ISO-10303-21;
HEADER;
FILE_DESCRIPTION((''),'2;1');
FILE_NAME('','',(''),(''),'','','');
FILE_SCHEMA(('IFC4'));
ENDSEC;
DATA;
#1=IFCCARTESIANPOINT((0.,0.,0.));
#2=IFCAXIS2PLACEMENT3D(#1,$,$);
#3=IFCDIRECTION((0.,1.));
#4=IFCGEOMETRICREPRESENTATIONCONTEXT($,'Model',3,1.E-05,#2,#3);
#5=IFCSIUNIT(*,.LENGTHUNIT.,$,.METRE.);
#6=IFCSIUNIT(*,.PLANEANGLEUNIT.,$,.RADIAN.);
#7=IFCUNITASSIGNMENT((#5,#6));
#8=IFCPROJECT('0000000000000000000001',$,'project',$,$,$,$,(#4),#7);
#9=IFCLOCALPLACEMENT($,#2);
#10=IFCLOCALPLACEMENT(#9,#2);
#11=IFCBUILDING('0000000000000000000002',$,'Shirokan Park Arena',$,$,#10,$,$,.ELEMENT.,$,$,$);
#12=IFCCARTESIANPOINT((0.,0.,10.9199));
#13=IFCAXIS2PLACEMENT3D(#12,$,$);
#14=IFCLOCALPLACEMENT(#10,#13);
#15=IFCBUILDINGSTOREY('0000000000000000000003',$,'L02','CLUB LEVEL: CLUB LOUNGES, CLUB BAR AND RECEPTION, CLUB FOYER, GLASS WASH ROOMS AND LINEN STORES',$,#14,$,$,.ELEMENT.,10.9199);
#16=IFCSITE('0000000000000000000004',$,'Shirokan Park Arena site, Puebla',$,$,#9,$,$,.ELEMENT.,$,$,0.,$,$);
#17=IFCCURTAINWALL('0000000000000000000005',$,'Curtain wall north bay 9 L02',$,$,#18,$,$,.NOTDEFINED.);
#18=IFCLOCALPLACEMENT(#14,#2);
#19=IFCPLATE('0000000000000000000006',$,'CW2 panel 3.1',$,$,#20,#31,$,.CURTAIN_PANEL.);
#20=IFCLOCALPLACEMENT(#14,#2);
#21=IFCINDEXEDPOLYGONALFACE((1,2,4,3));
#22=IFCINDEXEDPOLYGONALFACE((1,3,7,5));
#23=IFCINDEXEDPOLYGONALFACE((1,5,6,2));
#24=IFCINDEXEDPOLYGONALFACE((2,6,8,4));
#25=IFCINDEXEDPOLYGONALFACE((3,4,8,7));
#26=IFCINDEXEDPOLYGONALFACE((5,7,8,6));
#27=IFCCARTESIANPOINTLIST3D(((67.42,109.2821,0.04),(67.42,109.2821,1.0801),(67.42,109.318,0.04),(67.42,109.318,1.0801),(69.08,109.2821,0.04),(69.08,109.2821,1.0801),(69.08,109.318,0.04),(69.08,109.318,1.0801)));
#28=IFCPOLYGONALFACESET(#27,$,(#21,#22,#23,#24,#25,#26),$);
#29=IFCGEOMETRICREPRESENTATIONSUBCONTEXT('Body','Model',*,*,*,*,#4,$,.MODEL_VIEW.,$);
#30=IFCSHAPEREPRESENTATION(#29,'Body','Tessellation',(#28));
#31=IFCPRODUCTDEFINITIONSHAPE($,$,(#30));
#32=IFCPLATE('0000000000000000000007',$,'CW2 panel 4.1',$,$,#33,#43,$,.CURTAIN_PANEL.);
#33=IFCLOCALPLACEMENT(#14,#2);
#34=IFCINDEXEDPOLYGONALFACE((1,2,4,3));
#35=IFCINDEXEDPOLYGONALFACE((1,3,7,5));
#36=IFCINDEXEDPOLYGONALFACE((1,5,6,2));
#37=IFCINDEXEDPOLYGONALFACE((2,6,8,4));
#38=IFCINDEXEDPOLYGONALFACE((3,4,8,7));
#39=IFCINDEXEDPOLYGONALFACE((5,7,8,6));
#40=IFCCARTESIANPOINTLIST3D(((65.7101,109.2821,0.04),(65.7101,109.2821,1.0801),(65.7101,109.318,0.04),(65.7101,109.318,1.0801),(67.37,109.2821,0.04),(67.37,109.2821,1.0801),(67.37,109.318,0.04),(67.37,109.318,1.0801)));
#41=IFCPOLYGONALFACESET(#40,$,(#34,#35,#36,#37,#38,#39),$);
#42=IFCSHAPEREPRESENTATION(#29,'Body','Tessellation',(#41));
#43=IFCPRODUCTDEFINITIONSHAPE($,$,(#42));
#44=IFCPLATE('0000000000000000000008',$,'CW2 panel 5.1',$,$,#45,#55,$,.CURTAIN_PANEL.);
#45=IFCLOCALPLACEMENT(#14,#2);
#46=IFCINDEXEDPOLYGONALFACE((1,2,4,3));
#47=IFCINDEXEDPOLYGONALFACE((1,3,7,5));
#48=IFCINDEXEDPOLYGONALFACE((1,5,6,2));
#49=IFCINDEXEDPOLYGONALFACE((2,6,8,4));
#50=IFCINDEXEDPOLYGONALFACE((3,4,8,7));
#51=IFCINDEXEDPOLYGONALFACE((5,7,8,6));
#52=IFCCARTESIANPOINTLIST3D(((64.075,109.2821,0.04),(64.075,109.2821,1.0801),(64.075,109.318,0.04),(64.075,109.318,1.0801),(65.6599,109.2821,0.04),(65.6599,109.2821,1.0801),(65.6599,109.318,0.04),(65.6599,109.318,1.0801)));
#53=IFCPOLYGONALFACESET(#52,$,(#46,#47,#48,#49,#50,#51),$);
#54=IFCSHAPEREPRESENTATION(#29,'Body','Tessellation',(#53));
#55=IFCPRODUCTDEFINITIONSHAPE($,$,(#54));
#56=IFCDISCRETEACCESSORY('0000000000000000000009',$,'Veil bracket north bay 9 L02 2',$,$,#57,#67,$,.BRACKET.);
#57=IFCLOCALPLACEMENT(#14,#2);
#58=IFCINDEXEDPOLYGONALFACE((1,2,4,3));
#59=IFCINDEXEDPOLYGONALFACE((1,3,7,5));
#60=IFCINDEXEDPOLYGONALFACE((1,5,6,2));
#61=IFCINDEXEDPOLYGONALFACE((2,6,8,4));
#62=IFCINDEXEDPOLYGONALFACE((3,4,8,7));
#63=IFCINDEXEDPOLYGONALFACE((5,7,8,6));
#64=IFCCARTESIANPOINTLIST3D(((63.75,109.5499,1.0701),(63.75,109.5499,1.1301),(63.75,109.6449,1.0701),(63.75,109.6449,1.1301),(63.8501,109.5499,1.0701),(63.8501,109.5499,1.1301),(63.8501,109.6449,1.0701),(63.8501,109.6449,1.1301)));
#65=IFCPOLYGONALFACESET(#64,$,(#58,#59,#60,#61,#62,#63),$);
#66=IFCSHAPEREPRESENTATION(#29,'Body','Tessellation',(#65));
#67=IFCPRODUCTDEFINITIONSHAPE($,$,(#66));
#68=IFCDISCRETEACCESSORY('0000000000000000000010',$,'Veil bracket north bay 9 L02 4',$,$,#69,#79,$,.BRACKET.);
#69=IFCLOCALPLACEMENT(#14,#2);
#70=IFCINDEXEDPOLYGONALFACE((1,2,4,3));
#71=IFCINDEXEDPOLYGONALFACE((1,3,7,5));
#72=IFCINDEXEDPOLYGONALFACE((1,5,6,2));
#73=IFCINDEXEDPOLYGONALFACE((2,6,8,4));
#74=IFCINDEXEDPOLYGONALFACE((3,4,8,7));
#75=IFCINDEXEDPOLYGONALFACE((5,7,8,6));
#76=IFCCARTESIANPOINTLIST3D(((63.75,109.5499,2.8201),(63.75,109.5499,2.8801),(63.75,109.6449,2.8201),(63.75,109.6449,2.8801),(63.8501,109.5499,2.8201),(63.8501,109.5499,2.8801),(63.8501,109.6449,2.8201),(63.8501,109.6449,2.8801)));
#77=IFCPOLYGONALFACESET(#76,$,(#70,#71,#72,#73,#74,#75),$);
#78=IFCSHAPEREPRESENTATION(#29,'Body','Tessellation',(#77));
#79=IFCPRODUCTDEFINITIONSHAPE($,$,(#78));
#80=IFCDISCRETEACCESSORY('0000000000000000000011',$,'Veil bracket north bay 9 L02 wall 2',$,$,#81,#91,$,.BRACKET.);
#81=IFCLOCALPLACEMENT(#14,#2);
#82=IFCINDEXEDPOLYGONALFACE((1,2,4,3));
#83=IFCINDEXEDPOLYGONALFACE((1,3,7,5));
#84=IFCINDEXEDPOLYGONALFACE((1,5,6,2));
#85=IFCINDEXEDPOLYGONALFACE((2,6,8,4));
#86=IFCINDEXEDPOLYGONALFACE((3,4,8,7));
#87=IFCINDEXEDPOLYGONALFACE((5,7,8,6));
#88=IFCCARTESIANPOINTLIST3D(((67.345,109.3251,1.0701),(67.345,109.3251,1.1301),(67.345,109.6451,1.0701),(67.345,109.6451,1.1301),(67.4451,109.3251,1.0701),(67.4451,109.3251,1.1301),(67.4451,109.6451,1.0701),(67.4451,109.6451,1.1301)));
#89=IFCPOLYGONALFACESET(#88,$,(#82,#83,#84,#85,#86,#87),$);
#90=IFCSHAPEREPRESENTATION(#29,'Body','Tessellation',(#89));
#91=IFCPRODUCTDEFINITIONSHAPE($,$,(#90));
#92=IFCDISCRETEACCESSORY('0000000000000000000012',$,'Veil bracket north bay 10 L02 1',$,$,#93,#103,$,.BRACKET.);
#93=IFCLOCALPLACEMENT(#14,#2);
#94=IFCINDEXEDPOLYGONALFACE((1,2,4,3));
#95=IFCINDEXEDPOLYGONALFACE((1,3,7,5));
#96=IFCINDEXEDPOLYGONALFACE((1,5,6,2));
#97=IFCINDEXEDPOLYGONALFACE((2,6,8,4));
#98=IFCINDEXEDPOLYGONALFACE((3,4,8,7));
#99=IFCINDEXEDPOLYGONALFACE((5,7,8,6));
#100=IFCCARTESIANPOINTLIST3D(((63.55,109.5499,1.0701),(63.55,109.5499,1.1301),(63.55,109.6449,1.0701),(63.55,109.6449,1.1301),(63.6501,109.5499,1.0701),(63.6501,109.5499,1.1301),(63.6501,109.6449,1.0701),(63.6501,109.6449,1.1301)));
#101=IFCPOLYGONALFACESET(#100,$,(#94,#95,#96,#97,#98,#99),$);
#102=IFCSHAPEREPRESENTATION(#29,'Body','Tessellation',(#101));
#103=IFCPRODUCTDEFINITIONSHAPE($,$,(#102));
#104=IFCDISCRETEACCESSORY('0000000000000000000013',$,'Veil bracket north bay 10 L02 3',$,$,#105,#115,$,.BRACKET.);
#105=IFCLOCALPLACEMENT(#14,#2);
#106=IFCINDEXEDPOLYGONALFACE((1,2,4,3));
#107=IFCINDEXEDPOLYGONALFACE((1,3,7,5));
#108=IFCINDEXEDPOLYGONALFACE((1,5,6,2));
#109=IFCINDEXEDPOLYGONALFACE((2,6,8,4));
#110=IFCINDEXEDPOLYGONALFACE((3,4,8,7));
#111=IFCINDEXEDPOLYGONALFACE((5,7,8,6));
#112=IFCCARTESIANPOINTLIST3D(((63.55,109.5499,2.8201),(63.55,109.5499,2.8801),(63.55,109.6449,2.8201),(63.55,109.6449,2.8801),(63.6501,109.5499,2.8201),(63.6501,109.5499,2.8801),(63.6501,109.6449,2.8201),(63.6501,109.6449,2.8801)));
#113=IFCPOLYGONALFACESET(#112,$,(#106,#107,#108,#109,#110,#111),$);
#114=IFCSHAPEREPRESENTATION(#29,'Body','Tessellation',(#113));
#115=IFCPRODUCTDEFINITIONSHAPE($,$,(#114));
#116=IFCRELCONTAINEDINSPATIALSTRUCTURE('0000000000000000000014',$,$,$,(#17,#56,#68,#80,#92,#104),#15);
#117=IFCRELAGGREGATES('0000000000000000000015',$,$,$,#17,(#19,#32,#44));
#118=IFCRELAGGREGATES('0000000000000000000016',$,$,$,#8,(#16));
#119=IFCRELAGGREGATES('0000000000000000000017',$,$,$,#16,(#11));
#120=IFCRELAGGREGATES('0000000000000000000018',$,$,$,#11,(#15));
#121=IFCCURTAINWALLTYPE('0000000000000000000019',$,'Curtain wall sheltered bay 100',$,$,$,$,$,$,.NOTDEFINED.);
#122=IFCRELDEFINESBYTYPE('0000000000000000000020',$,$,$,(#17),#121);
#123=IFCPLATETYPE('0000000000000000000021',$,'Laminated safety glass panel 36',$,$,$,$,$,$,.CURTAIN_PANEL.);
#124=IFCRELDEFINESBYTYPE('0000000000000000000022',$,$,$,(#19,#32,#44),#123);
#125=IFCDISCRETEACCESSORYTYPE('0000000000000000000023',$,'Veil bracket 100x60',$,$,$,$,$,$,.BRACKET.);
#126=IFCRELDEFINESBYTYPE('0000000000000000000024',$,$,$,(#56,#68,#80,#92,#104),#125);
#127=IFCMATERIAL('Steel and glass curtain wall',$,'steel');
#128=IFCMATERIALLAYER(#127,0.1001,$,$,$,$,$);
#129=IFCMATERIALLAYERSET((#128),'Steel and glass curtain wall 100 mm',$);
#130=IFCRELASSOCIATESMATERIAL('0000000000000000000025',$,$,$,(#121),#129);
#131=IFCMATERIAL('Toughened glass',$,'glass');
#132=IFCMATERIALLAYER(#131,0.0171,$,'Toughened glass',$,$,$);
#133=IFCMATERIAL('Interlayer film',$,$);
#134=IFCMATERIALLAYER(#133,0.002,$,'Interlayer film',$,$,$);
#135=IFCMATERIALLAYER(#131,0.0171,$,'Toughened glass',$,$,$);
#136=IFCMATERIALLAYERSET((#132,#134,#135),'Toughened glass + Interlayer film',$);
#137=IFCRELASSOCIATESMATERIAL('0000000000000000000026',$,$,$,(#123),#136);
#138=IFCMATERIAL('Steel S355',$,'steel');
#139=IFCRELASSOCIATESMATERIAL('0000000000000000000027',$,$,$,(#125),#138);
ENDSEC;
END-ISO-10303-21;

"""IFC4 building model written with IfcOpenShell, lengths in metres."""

from ifc_helpers import new_model, si_unit, direction, frame, origin, origin_2d, place, context, subcontext, project, spatial, rectangle, extrude, material, layer, layer_set, type_object, element, aggregate, save


model = new_model("IFC4")

# Units and contexts
model_context = context("Model", 3, precision=1e-05, world=origin(), true_north=direction((0.0, 1.0)))
body_context = subcontext(model_context, "Body", "Model", "MODEL_VIEW")
ifc_project = project(units=[si_unit("LENGTHUNIT", "METRE"), si_unit("PLANEANGLEUNIT", "RADIAN")], contexts=[model_context])

# Site, building, storey
site_placement = place(None, origin())
site = spatial("IfcSite", under=ifc_project, at=site_placement, Name="Shirokan Park Arena site, Puebla", CompositionType="ELEMENT", RefElevation=0.0)
building_placement = place(site_placement, origin())
building = spatial("IfcBuilding", under=site, at=building_placement, Name="Shirokan Park Arena", CompositionType="ELEMENT")
storey_placement = place(building_placement, frame((0.0, 0.0, 10.9199)))
storey = spatial("IfcBuildingStorey", under=building, at=storey_placement, Name="L02", Description="CLUB LEVEL: CLUB LOUNGES, CLUB BAR AND RECEPTION, CLUB FOYER, GLASS WASH ROOMS AND LINEN STORES", CompositionType="ELEMENT", Elevation=10.9199)

# Curtain wall
ifc_material_1 = material(Name="Steel and glass curtain wall", Category="steel")
ifc_layer_1 = layer(ifc_material_1, 0.1001)
ifc_layer_set_1 = layer_set([ifc_layer_1], Name="Steel and glass curtain wall 100 mm")
curtain_wall_type_1 = type_object("IfcCurtainWallType", Name="Curtain wall sheltered bay 100", PredefinedType="NOTDEFINED", material=ifc_layer_set_1)
curtain_wall_1_placement = place(storey_placement, origin())
curtain_wall_1 = element("IfcCurtainWall", 1, at=curtain_wall_1_placement, inside=storey, type_object=curtain_wall_type_1, Name="Curtain wall north bay 9 L02", PredefinedType="NOTDEFINED")
ifc_material_2 = material(Name="Steel S355", Category="steel")

# Plates
ifc_material_3 = material(Name="Toughened glass", Category="glass")
ifc_material_4 = material(Name="Interlayer film")
ifc_layer_2 = layer(ifc_material_3, 0.0171, Name="Toughened glass")
ifc_layer_3 = layer(ifc_material_4, 0.002, Name="Interlayer film")
ifc_layer_4 = layer(ifc_material_3, 0.0171, Name="Toughened glass")
ifc_layer_set_2 = layer_set([ifc_layer_2, ifc_layer_3, ifc_layer_4], Name="Toughened glass + Interlayer film")
plate_type_1 = type_object("IfcPlateType", Name="Laminated safety glass panel 36", PredefinedType="CURTAIN_PANEL", material=ifc_layer_set_2)
plate_1_placement = place(storey_placement, frame((68.25, 109.3, 0.04), z_axis=(0.0, 0.0, 1.0), x_axis=(-1.0, 0.0, 0.0)))
plate_1 = element("IfcPlate", 2, at=plate_1_placement, type_object=plate_type_1, Name="CW2 panel 3.1", PredefinedType="CURTAIN_PANEL", context=body_context, shape_type="SweptSolid", body=[
    extrude(rectangle(XDim=1.6599, YDim=0.0359, at=origin_2d()), origin(), (0.0, 0.0, 1.0), 1.04),
])
plate_2_placement = place(storey_placement, frame((66.54, 109.3, 0.04), z_axis=(0.0, 0.0, 1.0), x_axis=(-1.0, 0.0, 0.0)))
plate_2 = element("IfcPlate", 3, at=plate_2_placement, type_object=plate_type_1, Name="CW2 panel 4.1", PredefinedType="CURTAIN_PANEL", context=body_context, shape_type="SweptSolid", body=[
    extrude(rectangle(XDim=1.6599, YDim=0.0359, at=origin_2d()), origin(), (0.0, 0.0, 1.0), 1.04),
])
plate_3_placement = place(storey_placement, frame((64.8674, 109.3, 0.04), z_axis=(0.0, 0.0, 1.0), x_axis=(-1.0, 0.0, 0.0)))
plate_3 = element("IfcPlate", 4, at=plate_3_placement, type_object=plate_type_1, Name="CW2 panel 5.1", PredefinedType="CURTAIN_PANEL", context=body_context, shape_type="SweptSolid", body=[
    extrude(rectangle(XDim=1.585, YDim=0.0359, at=origin_2d()), origin(), (0.0, 0.0, 1.0), 1.04),
])
aggregate(curtain_wall_1, [plate_1, plate_2, plate_3])

# Discrete accessories
discrete_accessory_type = type_object("IfcDiscreteAccessoryType", Name="Veil bracket 100x60", PredefinedType="BRACKET", material=ifc_material_2)
for number, where, z_axis, x_axis, name in (
    (5, (63.8, 109.5974, 1.0701), (0.0, 0.0, 1.0), (-1.0, 0.0, 0.0), "Veil bracket north bay 9 L02 2"),
    (6, (63.8, 109.5974, 2.8201), (0.0, 0.0, 1.0), (-1.0, 0.0, 0.0), "Veil bracket north bay 9 L02 4"),
):
    element("IfcDiscreteAccessory", number, at=place(storey_placement, frame(where, z_axis=z_axis, x_axis=x_axis)), inside=storey, type_object=discrete_accessory_type, Name=name, PredefinedType="BRACKET", context=body_context, shape_type="SweptSolid", body=[
        extrude(rectangle(XDim=0.1001, YDim=0.095, at=origin_2d()), origin(), (0.0, 0.0, 1.0), 0.0601),
    ])
discrete_accessory_placement = place(storey_placement, frame((67.395, 109.4851, 1.0701), z_axis=(0.0, 0.0, 1.0), x_axis=(-1.0, 0.0, 0.0)))
element("IfcDiscreteAccessory", 7, at=discrete_accessory_placement, inside=storey, type_object=discrete_accessory_type, Name="Veil bracket north bay 9 L02 wall 2", PredefinedType="BRACKET", context=body_context, shape_type="SweptSolid", body=[
    extrude(rectangle(XDim=0.1001, YDim=0.3201, at=origin_2d()), origin(), (0.0, 0.0, 1.0), 0.0601),
])
for number, where, z_axis, x_axis, name in (
    (8, (63.6001, 109.5974, 1.0701), (0.0, 0.0, 1.0), (-1.0, 0.0, 0.0), "Veil bracket north bay 10 L02 1"),
    (9, (63.6001, 109.5974, 2.8201), (0.0, 0.0, 1.0), (-1.0, 0.0, 0.0), "Veil bracket north bay 10 L02 3"),
):
    element("IfcDiscreteAccessory", number, at=place(storey_placement, frame(where, z_axis=z_axis, x_axis=x_axis)), inside=storey, type_object=discrete_accessory_type, Name=name, PredefinedType="BRACKET", context=body_context, shape_type="SweptSolid", body=[
        extrude(rectangle(XDim=0.1001, YDim=0.095, at=origin_2d()), origin(), (0.0, 0.0, 1.0), 0.0601),
    ])

save(model, "model.ifc")
